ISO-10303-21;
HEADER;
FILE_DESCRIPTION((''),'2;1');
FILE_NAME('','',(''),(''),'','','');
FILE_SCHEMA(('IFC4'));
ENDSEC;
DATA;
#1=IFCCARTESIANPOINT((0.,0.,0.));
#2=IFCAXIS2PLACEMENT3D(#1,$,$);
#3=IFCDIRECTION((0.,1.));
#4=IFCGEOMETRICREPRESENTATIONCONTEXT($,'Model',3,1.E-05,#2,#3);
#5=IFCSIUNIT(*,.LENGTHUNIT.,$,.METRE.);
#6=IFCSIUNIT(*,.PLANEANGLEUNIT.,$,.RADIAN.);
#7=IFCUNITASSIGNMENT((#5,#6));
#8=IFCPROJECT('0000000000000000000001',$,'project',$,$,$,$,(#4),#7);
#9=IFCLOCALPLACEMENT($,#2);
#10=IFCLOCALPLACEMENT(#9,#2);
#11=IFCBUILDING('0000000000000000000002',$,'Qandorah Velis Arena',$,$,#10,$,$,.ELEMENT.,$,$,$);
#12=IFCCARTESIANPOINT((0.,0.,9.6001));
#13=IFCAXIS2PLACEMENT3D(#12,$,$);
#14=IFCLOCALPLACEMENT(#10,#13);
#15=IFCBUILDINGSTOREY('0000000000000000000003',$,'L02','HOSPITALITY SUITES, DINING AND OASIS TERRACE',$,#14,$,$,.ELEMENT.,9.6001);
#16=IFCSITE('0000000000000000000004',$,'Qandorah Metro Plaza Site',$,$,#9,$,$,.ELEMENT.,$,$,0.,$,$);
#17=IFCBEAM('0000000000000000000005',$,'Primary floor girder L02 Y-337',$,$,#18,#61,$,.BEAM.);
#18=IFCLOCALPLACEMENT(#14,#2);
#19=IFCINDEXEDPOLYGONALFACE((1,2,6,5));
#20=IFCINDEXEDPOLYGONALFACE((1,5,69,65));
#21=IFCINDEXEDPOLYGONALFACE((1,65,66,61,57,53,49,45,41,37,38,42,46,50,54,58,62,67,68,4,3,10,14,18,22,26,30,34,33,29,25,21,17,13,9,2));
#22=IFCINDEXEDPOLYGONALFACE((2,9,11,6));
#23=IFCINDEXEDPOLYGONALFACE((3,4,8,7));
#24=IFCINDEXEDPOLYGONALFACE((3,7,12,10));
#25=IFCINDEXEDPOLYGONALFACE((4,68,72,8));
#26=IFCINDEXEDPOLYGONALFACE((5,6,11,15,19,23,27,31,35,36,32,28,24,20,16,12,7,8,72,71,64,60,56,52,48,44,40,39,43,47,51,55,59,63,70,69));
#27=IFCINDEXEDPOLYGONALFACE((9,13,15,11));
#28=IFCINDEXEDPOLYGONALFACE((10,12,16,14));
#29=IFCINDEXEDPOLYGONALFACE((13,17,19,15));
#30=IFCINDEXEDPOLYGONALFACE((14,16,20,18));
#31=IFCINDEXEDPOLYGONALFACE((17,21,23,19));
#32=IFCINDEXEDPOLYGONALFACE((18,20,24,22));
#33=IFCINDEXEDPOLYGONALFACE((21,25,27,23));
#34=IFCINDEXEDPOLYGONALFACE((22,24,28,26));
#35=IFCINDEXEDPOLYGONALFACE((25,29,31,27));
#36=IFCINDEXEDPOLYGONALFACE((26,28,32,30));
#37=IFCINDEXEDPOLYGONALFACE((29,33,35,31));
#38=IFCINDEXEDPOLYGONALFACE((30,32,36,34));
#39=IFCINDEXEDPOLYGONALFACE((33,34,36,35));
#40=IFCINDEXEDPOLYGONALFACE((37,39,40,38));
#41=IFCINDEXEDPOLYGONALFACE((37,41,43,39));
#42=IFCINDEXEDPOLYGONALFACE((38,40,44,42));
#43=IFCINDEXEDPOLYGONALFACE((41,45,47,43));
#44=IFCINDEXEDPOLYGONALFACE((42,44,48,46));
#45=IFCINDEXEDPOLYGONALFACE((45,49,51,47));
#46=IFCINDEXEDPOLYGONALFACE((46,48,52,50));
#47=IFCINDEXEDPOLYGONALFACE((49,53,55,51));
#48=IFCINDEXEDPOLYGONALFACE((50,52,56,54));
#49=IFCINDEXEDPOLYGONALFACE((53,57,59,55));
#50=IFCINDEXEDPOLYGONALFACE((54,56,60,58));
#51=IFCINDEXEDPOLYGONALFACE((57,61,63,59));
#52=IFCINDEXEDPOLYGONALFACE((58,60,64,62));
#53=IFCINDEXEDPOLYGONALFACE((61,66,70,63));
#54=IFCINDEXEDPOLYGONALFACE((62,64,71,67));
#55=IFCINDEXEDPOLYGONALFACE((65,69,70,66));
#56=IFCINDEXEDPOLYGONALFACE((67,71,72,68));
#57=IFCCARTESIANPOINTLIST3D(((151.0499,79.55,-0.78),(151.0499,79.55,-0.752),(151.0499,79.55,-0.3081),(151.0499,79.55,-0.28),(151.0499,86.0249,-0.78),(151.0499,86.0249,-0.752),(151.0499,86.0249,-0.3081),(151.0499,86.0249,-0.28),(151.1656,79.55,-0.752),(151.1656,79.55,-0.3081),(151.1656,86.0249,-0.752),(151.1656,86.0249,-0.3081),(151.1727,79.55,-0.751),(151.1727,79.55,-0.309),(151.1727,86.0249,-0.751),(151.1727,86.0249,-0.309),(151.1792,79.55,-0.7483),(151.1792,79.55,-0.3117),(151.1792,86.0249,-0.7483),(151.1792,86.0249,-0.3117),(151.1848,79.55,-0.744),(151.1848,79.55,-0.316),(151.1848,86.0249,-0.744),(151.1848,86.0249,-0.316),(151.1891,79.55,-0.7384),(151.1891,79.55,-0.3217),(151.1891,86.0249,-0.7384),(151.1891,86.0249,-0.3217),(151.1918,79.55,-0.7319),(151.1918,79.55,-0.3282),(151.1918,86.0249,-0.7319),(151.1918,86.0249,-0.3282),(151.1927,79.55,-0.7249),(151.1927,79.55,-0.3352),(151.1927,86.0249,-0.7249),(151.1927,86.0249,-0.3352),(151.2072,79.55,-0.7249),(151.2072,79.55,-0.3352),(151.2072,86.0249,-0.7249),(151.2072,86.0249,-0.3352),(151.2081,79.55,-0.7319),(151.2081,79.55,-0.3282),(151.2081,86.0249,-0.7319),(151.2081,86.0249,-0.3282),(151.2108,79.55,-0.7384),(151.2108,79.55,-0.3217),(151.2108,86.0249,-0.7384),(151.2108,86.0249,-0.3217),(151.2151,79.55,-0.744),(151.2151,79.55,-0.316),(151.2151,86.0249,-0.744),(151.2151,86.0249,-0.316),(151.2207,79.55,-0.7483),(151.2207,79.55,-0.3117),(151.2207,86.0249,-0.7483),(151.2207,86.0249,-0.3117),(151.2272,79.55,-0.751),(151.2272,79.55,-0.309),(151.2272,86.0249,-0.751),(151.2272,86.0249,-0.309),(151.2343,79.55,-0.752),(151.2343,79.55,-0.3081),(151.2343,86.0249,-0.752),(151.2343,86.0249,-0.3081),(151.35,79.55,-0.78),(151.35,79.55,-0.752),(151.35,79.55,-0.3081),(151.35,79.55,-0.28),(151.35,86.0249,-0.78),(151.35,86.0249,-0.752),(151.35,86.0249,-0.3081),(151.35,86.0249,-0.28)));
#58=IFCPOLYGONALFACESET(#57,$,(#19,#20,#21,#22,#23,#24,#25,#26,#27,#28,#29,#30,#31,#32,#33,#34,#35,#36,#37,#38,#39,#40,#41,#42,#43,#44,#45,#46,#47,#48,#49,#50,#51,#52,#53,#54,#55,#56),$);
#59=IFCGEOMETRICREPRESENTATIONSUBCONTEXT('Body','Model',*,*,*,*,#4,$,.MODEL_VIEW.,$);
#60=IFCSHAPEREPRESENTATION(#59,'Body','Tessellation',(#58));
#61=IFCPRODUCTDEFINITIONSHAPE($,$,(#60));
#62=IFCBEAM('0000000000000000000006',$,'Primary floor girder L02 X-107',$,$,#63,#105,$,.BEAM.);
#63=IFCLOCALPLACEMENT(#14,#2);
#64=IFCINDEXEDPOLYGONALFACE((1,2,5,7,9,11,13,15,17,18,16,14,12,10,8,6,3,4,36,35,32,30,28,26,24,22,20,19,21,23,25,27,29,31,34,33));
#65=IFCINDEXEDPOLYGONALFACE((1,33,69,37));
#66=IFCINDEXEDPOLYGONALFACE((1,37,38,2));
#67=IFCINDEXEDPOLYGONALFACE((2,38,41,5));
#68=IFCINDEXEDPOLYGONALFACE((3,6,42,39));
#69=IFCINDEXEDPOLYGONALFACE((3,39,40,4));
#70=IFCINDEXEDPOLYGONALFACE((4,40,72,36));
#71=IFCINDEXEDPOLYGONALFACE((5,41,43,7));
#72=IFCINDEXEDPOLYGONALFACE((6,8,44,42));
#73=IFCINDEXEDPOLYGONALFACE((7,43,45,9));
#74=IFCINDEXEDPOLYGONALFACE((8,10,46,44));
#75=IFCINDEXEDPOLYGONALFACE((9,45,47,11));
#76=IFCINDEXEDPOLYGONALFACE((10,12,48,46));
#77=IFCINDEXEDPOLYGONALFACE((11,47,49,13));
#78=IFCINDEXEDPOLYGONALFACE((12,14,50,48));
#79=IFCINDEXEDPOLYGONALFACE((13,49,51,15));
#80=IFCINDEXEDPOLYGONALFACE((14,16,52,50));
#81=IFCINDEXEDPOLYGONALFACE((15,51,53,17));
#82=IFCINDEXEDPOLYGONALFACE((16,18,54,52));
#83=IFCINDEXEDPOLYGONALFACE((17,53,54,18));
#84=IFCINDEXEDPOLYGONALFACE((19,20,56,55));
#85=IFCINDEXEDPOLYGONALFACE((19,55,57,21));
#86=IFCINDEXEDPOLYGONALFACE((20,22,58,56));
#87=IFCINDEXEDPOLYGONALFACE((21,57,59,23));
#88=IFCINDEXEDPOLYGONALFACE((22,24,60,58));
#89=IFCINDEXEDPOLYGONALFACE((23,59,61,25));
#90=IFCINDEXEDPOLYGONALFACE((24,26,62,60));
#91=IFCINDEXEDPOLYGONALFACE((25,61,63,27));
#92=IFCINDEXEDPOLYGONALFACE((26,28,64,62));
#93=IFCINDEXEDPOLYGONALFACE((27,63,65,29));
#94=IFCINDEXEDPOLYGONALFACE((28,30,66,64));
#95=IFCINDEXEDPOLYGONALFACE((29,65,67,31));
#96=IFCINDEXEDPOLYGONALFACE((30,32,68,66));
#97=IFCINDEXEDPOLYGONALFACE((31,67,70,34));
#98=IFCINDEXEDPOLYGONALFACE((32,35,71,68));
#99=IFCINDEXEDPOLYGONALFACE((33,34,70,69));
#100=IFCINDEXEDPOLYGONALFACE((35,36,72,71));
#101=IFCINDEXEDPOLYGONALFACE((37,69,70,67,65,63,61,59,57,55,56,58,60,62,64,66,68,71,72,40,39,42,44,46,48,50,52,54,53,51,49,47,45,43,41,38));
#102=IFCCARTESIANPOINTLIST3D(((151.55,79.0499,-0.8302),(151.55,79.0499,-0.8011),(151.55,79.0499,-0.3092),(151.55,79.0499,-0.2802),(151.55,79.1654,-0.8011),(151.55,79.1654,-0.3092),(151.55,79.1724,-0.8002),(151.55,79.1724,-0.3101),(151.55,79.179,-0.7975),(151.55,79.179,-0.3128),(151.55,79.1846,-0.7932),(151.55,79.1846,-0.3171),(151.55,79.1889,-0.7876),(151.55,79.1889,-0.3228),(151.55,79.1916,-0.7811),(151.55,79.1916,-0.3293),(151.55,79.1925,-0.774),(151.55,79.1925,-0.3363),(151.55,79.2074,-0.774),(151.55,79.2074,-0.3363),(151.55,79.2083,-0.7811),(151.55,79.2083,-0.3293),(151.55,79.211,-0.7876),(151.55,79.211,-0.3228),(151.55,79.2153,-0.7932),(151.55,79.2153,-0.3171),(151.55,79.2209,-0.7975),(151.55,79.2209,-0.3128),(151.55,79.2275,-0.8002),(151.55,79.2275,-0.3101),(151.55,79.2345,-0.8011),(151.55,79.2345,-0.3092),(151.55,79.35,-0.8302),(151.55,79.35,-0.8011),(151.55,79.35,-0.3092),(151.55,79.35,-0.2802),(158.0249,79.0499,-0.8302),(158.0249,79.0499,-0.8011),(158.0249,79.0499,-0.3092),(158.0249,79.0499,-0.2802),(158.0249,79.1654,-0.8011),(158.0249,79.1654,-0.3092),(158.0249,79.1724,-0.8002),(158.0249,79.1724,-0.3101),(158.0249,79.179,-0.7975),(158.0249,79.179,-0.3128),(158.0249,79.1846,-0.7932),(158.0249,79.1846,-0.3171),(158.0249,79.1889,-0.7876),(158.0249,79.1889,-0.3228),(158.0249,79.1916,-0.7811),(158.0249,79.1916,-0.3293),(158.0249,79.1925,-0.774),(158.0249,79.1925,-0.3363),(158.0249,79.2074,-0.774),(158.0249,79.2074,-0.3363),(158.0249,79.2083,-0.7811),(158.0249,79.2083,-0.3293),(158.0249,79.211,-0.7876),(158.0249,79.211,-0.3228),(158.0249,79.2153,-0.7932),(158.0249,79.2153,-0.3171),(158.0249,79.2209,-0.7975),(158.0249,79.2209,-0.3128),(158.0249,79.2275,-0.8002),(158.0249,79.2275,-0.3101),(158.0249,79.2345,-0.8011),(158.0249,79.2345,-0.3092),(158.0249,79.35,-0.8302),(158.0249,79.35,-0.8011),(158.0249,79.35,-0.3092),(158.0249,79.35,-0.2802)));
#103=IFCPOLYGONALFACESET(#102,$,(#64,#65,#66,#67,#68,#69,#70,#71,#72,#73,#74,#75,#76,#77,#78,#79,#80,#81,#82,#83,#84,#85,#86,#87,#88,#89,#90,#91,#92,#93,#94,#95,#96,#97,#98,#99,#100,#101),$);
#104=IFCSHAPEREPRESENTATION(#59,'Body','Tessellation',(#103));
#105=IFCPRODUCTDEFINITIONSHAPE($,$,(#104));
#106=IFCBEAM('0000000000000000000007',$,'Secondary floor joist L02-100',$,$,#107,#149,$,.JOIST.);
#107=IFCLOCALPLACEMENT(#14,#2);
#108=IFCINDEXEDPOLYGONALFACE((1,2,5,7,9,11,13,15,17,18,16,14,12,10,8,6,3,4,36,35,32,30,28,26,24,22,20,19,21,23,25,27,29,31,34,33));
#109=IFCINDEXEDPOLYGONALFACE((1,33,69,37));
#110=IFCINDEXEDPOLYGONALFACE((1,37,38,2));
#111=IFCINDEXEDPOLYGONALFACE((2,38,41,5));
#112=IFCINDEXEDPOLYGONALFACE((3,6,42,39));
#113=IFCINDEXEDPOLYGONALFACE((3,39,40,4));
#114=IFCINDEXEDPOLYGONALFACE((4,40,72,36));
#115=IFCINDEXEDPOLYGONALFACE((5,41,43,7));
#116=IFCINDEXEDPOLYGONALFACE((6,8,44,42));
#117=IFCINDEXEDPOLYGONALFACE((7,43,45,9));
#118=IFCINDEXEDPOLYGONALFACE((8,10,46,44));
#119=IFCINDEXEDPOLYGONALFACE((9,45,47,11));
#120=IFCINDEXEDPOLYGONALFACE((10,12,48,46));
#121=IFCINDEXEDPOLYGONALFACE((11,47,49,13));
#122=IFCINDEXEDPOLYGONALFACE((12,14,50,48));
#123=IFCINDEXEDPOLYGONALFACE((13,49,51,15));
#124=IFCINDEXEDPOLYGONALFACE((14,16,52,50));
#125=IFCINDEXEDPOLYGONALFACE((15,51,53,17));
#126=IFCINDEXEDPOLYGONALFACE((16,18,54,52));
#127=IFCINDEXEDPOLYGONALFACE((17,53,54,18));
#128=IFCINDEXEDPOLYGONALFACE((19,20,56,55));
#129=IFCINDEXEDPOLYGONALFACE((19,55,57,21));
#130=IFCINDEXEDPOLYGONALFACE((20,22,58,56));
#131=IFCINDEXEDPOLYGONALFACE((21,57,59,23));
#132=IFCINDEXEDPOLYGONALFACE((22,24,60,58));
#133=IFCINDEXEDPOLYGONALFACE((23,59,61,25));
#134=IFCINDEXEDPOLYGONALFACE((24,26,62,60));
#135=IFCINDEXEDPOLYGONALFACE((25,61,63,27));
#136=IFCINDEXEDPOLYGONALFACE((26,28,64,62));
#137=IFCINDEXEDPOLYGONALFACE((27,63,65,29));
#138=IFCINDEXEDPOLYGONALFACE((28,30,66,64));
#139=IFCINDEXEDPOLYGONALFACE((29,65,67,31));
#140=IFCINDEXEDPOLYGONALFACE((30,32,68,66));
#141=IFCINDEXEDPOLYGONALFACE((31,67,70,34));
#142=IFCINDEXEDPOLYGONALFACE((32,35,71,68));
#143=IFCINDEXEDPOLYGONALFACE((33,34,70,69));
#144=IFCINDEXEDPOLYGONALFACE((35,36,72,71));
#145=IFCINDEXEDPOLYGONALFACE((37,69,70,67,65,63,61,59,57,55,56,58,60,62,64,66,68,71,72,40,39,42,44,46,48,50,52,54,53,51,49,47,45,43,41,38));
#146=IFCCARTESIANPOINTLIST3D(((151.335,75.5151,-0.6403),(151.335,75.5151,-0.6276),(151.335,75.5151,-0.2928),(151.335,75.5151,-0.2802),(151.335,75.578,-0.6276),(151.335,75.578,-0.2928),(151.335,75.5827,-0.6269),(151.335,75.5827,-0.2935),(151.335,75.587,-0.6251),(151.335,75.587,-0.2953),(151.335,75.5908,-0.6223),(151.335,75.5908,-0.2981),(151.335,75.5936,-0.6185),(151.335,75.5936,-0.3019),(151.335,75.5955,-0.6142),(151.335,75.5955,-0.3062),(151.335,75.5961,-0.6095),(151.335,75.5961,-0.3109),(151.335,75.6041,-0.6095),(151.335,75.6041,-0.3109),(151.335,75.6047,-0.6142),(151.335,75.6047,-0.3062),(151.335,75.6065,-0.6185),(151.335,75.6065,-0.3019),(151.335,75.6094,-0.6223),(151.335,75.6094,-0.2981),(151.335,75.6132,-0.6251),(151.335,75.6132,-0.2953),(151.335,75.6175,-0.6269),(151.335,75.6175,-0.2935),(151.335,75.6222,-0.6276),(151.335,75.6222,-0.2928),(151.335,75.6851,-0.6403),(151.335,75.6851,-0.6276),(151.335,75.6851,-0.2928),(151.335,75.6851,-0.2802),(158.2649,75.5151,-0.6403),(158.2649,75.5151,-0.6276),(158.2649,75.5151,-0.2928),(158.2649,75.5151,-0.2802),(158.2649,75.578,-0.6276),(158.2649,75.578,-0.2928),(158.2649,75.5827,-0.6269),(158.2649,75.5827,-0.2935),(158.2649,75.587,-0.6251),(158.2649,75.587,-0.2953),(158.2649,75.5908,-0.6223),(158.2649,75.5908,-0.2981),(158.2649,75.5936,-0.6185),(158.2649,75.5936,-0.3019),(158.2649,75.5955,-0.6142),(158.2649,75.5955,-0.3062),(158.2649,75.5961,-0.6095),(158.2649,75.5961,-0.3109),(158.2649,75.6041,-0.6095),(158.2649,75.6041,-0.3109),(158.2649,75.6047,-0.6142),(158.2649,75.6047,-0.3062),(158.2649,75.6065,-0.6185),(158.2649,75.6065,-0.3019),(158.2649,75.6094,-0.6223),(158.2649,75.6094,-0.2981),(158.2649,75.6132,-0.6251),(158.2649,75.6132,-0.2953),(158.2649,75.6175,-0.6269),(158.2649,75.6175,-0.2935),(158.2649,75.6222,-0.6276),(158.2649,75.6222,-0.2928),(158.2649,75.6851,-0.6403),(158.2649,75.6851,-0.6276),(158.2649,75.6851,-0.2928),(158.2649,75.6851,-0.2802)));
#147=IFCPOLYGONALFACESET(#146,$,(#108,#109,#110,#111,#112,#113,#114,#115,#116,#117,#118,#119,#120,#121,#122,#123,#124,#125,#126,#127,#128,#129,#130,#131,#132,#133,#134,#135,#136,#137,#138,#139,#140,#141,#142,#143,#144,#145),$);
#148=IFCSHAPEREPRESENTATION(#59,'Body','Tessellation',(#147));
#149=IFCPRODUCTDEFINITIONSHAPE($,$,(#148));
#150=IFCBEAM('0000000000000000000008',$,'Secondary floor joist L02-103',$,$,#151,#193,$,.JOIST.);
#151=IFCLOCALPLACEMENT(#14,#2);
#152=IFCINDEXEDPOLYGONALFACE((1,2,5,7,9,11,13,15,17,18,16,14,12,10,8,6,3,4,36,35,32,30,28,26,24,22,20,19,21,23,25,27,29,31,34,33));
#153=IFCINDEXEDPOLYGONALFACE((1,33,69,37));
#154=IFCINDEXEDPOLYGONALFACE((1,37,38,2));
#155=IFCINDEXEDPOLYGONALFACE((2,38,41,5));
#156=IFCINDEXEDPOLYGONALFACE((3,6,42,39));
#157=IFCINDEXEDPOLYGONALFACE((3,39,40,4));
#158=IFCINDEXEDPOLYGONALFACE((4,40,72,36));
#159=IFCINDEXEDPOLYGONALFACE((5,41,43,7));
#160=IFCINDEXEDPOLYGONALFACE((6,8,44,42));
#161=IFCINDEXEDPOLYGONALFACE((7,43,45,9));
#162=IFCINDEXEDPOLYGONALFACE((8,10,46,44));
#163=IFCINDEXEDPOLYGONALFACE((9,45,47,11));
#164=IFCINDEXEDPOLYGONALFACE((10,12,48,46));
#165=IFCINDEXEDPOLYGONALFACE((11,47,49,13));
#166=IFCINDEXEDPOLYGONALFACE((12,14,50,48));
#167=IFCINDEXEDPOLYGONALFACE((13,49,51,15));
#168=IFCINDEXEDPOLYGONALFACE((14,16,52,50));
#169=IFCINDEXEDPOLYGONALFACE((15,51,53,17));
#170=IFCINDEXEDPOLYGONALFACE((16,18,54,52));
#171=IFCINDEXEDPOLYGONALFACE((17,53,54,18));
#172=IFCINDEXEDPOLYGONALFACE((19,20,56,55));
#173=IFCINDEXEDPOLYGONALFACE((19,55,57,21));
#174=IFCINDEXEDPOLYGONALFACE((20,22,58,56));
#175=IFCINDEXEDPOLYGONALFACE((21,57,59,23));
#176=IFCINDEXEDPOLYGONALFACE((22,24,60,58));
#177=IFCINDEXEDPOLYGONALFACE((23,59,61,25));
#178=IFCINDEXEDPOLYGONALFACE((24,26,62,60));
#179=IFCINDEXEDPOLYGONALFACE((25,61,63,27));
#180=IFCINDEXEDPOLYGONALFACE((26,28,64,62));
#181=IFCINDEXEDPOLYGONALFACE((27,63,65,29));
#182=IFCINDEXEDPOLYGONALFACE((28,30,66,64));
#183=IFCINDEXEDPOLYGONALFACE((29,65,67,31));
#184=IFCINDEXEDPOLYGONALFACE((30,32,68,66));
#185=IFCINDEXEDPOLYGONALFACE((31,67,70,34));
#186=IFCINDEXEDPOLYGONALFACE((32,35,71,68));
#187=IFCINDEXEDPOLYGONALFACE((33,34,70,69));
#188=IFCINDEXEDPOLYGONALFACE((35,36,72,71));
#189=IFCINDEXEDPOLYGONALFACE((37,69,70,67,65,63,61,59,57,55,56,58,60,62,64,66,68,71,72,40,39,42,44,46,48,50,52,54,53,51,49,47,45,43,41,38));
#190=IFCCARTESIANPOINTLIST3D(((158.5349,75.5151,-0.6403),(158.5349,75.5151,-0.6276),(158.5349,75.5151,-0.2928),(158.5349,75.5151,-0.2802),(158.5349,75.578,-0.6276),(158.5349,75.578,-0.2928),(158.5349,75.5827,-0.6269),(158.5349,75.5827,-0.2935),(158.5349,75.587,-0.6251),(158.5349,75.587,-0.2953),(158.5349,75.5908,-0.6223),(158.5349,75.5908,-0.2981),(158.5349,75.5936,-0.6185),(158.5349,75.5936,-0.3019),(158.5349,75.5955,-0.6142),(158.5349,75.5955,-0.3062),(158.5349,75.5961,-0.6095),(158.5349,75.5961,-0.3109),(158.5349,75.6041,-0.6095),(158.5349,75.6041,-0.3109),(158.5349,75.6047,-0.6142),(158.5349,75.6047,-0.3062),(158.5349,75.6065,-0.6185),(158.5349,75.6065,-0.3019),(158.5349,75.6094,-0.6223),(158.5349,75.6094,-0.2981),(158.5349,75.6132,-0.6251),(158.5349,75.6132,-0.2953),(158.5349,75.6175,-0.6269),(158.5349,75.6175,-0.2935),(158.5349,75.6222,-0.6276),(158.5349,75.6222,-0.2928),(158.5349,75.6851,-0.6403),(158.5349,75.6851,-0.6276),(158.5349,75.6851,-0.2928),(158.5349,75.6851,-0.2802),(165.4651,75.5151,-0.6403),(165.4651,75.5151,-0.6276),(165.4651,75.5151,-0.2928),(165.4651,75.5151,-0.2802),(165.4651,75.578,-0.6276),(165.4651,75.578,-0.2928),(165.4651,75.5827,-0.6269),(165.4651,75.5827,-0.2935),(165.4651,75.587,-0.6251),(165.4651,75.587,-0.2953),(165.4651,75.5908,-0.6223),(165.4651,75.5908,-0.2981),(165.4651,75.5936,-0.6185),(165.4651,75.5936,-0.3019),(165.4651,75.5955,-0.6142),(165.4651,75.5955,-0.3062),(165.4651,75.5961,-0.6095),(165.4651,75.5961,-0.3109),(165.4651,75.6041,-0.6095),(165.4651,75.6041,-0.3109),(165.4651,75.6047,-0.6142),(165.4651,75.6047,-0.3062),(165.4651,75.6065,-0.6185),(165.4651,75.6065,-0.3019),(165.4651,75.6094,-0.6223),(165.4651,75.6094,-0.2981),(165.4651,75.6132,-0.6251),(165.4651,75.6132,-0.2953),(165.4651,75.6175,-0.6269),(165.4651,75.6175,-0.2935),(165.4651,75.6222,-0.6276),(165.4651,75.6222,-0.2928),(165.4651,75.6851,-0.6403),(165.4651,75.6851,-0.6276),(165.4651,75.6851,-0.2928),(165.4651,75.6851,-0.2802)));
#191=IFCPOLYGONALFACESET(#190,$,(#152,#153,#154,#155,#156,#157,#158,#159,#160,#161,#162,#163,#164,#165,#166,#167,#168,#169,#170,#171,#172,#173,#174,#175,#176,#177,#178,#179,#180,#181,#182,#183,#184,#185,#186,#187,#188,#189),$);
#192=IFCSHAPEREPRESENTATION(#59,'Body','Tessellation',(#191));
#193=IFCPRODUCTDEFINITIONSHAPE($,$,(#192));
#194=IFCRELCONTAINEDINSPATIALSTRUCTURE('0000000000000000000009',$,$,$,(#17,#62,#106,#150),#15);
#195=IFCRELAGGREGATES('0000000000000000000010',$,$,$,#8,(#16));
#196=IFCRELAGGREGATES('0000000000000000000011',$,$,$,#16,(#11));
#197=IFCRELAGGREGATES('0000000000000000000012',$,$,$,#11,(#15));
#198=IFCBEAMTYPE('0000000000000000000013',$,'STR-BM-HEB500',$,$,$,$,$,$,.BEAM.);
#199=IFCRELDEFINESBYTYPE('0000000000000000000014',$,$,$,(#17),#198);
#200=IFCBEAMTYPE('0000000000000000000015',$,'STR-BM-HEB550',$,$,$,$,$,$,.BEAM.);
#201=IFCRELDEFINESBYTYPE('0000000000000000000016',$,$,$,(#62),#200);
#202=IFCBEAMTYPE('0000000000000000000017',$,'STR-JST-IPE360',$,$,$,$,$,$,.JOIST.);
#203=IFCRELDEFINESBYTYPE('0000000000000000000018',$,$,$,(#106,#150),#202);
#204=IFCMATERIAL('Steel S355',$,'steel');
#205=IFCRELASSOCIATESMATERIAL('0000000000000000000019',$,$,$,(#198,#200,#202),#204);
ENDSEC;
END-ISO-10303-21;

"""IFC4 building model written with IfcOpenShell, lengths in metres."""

from ifc_helpers import new_model, si_unit, direction, frame, origin, origin_2d, place, context, subcontext, project, spatial, i_section, extrude, material, material_profile, profile_set, type_object, element, save


model = new_model("IFC4")

# Units and contexts
model_context = context("Model", 3, precision=1e-05, world=origin(), true_north=direction((0.0, 1.0)))
body_context = subcontext(model_context, "Body", "Model", "MODEL_VIEW")
ifc_project = project(units=[si_unit("LENGTHUNIT", "METRE"), si_unit("PLANEANGLEUNIT", "RADIAN")], contexts=[model_context])

# Site, building, storey
site_placement = place(None, origin())
site = spatial("IfcSite", under=ifc_project, at=site_placement, Name="Qandorah Metro Plaza Site", CompositionType="ELEMENT", RefElevation=0.0)
building_placement = place(site_placement, origin())
building = spatial("IfcBuilding", under=site, at=building_placement, Name="Qandorah Velis Arena", CompositionType="ELEMENT")
storey_placement = place(building_placement, frame((0.0, 0.0, 9.6001)))
storey = spatial("IfcBuildingStorey", under=building, at=storey_placement, Name="L02", Description="HOSPITALITY SUITES, DINING AND OASIS TERRACE", CompositionType="ELEMENT", Elevation=9.6001)

# Shared definitions
ifc_material_1 = material(Name="Steel S355", Category="steel")

# Beams
ifc_material_profile_1 = material_profile(ifc_material_1, i_section(OverallWidth=0.3, OverallDepth=0.5, WebThickness=0.0144, FlangeThickness=0.0281, FilletRadius=0.0271, at=origin_2d()), Name="HEB 500")
ifc_profile_set_1 = profile_set([ifc_material_profile_1], Name="Steel S355")
beam_type_1 = type_object("IfcBeamType", Name="STR-BM-HEB500", PredefinedType="BEAM", material=ifc_profile_set_1)
beam_1_placement = place(storey_placement, frame((151.2, 79.55, -0.53), z_axis=(0.0, 1.0, 0.0), x_axis=(-1.0, 0.0, 0.0)))
element("IfcBeam", 1, at=beam_1_placement, inside=storey, type_object=beam_type_1, Name="Primary floor girder L02 Y-337", PredefinedType="BEAM", context=body_context, shape_type="SweptSolid", body=[
    extrude(i_section(OverallWidth=0.3, OverallDepth=0.5, WebThickness=0.0144, FlangeThickness=0.0281, FilletRadius=0.0271, at=origin_2d()), origin(), (0.0, 0.0, 1.0), 6.4749),
])
ifc_material_profile_2 = material_profile(ifc_material_1, i_section(OverallWidth=0.3, OverallDepth=0.55, WebThickness=0.0149, FlangeThickness=0.0291, FilletRadius=0.0271, at=origin_2d()), Name="HEB 550")
ifc_profile_set_2 = profile_set([ifc_material_profile_2], Name="Steel S355")
beam_type_2 = type_object("IfcBeamType", Name="STR-BM-HEB550", PredefinedType="BEAM", material=ifc_profile_set_2)
beam_2_placement = place(storey_placement, frame((151.55, 79.2, -0.5552), z_axis=(1.0, 0.0, 0.0), x_axis=(0.0, 1.0, 0.0)))
element("IfcBeam", 2, at=beam_2_placement, inside=storey, type_object=beam_type_2, Name="Primary floor girder L02 X-107", PredefinedType="BEAM", context=body_context, shape_type="SweptSolid", body=[
    extrude(i_section(OverallWidth=0.3, OverallDepth=0.55, WebThickness=0.0149, FlangeThickness=0.0291, FilletRadius=0.0271, at=origin_2d()), origin(), (0.0, 0.0, 1.0), 6.4749),
])
ifc_material_profile_3 = material_profile(ifc_material_1, i_section(OverallWidth=0.1699, OverallDepth=0.3601, WebThickness=0.0081, FlangeThickness=0.0127, FilletRadius=0.0181, at=origin_2d()), Name="IPE 360")
ifc_profile_set_3 = profile_set([ifc_material_profile_3], Name="Steel S355")
beam_type_3 = type_object("IfcBeamType", Name="STR-JST-IPE360", PredefinedType="JOIST", material=ifc_profile_set_3)
beam_3_placement = place(storey_placement, frame((151.335, 75.6001, -0.4602), z_axis=(1.0, 0.0, 0.0), x_axis=(0.0, 1.0, 0.0)))
element("IfcBeam", 3, at=beam_3_placement, inside=storey, type_object=beam_type_3, Name="Secondary floor joist L02-100", PredefinedType="JOIST", context=body_context, shape_type="SweptSolid", body=[
    extrude(i_section(OverallWidth=0.1699, OverallDepth=0.3601, WebThickness=0.0081, FlangeThickness=0.0127, FilletRadius=0.0181, at=origin_2d()), origin(), (0.0, 0.0, 1.0), 6.9299),
])
beam_4_placement = place(storey_placement, frame((158.5349, 75.6001, -0.4602), z_axis=(1.0, 0.0, 0.0), x_axis=(0.0, 1.0, 0.0)))
element("IfcBeam", 4, at=beam_4_placement, inside=storey, type_object=beam_type_3, Name="Secondary floor joist L02-103", PredefinedType="JOIST", context=body_context, shape_type="SweptSolid", body=[
    extrude(i_section(OverallWidth=0.1699, OverallDepth=0.3601, WebThickness=0.0081, FlangeThickness=0.0127, FilletRadius=0.0181, at=origin_2d()), origin(), (0.0, 0.0, 1.0), 6.9302),
])

save(model, "model.ifc")
